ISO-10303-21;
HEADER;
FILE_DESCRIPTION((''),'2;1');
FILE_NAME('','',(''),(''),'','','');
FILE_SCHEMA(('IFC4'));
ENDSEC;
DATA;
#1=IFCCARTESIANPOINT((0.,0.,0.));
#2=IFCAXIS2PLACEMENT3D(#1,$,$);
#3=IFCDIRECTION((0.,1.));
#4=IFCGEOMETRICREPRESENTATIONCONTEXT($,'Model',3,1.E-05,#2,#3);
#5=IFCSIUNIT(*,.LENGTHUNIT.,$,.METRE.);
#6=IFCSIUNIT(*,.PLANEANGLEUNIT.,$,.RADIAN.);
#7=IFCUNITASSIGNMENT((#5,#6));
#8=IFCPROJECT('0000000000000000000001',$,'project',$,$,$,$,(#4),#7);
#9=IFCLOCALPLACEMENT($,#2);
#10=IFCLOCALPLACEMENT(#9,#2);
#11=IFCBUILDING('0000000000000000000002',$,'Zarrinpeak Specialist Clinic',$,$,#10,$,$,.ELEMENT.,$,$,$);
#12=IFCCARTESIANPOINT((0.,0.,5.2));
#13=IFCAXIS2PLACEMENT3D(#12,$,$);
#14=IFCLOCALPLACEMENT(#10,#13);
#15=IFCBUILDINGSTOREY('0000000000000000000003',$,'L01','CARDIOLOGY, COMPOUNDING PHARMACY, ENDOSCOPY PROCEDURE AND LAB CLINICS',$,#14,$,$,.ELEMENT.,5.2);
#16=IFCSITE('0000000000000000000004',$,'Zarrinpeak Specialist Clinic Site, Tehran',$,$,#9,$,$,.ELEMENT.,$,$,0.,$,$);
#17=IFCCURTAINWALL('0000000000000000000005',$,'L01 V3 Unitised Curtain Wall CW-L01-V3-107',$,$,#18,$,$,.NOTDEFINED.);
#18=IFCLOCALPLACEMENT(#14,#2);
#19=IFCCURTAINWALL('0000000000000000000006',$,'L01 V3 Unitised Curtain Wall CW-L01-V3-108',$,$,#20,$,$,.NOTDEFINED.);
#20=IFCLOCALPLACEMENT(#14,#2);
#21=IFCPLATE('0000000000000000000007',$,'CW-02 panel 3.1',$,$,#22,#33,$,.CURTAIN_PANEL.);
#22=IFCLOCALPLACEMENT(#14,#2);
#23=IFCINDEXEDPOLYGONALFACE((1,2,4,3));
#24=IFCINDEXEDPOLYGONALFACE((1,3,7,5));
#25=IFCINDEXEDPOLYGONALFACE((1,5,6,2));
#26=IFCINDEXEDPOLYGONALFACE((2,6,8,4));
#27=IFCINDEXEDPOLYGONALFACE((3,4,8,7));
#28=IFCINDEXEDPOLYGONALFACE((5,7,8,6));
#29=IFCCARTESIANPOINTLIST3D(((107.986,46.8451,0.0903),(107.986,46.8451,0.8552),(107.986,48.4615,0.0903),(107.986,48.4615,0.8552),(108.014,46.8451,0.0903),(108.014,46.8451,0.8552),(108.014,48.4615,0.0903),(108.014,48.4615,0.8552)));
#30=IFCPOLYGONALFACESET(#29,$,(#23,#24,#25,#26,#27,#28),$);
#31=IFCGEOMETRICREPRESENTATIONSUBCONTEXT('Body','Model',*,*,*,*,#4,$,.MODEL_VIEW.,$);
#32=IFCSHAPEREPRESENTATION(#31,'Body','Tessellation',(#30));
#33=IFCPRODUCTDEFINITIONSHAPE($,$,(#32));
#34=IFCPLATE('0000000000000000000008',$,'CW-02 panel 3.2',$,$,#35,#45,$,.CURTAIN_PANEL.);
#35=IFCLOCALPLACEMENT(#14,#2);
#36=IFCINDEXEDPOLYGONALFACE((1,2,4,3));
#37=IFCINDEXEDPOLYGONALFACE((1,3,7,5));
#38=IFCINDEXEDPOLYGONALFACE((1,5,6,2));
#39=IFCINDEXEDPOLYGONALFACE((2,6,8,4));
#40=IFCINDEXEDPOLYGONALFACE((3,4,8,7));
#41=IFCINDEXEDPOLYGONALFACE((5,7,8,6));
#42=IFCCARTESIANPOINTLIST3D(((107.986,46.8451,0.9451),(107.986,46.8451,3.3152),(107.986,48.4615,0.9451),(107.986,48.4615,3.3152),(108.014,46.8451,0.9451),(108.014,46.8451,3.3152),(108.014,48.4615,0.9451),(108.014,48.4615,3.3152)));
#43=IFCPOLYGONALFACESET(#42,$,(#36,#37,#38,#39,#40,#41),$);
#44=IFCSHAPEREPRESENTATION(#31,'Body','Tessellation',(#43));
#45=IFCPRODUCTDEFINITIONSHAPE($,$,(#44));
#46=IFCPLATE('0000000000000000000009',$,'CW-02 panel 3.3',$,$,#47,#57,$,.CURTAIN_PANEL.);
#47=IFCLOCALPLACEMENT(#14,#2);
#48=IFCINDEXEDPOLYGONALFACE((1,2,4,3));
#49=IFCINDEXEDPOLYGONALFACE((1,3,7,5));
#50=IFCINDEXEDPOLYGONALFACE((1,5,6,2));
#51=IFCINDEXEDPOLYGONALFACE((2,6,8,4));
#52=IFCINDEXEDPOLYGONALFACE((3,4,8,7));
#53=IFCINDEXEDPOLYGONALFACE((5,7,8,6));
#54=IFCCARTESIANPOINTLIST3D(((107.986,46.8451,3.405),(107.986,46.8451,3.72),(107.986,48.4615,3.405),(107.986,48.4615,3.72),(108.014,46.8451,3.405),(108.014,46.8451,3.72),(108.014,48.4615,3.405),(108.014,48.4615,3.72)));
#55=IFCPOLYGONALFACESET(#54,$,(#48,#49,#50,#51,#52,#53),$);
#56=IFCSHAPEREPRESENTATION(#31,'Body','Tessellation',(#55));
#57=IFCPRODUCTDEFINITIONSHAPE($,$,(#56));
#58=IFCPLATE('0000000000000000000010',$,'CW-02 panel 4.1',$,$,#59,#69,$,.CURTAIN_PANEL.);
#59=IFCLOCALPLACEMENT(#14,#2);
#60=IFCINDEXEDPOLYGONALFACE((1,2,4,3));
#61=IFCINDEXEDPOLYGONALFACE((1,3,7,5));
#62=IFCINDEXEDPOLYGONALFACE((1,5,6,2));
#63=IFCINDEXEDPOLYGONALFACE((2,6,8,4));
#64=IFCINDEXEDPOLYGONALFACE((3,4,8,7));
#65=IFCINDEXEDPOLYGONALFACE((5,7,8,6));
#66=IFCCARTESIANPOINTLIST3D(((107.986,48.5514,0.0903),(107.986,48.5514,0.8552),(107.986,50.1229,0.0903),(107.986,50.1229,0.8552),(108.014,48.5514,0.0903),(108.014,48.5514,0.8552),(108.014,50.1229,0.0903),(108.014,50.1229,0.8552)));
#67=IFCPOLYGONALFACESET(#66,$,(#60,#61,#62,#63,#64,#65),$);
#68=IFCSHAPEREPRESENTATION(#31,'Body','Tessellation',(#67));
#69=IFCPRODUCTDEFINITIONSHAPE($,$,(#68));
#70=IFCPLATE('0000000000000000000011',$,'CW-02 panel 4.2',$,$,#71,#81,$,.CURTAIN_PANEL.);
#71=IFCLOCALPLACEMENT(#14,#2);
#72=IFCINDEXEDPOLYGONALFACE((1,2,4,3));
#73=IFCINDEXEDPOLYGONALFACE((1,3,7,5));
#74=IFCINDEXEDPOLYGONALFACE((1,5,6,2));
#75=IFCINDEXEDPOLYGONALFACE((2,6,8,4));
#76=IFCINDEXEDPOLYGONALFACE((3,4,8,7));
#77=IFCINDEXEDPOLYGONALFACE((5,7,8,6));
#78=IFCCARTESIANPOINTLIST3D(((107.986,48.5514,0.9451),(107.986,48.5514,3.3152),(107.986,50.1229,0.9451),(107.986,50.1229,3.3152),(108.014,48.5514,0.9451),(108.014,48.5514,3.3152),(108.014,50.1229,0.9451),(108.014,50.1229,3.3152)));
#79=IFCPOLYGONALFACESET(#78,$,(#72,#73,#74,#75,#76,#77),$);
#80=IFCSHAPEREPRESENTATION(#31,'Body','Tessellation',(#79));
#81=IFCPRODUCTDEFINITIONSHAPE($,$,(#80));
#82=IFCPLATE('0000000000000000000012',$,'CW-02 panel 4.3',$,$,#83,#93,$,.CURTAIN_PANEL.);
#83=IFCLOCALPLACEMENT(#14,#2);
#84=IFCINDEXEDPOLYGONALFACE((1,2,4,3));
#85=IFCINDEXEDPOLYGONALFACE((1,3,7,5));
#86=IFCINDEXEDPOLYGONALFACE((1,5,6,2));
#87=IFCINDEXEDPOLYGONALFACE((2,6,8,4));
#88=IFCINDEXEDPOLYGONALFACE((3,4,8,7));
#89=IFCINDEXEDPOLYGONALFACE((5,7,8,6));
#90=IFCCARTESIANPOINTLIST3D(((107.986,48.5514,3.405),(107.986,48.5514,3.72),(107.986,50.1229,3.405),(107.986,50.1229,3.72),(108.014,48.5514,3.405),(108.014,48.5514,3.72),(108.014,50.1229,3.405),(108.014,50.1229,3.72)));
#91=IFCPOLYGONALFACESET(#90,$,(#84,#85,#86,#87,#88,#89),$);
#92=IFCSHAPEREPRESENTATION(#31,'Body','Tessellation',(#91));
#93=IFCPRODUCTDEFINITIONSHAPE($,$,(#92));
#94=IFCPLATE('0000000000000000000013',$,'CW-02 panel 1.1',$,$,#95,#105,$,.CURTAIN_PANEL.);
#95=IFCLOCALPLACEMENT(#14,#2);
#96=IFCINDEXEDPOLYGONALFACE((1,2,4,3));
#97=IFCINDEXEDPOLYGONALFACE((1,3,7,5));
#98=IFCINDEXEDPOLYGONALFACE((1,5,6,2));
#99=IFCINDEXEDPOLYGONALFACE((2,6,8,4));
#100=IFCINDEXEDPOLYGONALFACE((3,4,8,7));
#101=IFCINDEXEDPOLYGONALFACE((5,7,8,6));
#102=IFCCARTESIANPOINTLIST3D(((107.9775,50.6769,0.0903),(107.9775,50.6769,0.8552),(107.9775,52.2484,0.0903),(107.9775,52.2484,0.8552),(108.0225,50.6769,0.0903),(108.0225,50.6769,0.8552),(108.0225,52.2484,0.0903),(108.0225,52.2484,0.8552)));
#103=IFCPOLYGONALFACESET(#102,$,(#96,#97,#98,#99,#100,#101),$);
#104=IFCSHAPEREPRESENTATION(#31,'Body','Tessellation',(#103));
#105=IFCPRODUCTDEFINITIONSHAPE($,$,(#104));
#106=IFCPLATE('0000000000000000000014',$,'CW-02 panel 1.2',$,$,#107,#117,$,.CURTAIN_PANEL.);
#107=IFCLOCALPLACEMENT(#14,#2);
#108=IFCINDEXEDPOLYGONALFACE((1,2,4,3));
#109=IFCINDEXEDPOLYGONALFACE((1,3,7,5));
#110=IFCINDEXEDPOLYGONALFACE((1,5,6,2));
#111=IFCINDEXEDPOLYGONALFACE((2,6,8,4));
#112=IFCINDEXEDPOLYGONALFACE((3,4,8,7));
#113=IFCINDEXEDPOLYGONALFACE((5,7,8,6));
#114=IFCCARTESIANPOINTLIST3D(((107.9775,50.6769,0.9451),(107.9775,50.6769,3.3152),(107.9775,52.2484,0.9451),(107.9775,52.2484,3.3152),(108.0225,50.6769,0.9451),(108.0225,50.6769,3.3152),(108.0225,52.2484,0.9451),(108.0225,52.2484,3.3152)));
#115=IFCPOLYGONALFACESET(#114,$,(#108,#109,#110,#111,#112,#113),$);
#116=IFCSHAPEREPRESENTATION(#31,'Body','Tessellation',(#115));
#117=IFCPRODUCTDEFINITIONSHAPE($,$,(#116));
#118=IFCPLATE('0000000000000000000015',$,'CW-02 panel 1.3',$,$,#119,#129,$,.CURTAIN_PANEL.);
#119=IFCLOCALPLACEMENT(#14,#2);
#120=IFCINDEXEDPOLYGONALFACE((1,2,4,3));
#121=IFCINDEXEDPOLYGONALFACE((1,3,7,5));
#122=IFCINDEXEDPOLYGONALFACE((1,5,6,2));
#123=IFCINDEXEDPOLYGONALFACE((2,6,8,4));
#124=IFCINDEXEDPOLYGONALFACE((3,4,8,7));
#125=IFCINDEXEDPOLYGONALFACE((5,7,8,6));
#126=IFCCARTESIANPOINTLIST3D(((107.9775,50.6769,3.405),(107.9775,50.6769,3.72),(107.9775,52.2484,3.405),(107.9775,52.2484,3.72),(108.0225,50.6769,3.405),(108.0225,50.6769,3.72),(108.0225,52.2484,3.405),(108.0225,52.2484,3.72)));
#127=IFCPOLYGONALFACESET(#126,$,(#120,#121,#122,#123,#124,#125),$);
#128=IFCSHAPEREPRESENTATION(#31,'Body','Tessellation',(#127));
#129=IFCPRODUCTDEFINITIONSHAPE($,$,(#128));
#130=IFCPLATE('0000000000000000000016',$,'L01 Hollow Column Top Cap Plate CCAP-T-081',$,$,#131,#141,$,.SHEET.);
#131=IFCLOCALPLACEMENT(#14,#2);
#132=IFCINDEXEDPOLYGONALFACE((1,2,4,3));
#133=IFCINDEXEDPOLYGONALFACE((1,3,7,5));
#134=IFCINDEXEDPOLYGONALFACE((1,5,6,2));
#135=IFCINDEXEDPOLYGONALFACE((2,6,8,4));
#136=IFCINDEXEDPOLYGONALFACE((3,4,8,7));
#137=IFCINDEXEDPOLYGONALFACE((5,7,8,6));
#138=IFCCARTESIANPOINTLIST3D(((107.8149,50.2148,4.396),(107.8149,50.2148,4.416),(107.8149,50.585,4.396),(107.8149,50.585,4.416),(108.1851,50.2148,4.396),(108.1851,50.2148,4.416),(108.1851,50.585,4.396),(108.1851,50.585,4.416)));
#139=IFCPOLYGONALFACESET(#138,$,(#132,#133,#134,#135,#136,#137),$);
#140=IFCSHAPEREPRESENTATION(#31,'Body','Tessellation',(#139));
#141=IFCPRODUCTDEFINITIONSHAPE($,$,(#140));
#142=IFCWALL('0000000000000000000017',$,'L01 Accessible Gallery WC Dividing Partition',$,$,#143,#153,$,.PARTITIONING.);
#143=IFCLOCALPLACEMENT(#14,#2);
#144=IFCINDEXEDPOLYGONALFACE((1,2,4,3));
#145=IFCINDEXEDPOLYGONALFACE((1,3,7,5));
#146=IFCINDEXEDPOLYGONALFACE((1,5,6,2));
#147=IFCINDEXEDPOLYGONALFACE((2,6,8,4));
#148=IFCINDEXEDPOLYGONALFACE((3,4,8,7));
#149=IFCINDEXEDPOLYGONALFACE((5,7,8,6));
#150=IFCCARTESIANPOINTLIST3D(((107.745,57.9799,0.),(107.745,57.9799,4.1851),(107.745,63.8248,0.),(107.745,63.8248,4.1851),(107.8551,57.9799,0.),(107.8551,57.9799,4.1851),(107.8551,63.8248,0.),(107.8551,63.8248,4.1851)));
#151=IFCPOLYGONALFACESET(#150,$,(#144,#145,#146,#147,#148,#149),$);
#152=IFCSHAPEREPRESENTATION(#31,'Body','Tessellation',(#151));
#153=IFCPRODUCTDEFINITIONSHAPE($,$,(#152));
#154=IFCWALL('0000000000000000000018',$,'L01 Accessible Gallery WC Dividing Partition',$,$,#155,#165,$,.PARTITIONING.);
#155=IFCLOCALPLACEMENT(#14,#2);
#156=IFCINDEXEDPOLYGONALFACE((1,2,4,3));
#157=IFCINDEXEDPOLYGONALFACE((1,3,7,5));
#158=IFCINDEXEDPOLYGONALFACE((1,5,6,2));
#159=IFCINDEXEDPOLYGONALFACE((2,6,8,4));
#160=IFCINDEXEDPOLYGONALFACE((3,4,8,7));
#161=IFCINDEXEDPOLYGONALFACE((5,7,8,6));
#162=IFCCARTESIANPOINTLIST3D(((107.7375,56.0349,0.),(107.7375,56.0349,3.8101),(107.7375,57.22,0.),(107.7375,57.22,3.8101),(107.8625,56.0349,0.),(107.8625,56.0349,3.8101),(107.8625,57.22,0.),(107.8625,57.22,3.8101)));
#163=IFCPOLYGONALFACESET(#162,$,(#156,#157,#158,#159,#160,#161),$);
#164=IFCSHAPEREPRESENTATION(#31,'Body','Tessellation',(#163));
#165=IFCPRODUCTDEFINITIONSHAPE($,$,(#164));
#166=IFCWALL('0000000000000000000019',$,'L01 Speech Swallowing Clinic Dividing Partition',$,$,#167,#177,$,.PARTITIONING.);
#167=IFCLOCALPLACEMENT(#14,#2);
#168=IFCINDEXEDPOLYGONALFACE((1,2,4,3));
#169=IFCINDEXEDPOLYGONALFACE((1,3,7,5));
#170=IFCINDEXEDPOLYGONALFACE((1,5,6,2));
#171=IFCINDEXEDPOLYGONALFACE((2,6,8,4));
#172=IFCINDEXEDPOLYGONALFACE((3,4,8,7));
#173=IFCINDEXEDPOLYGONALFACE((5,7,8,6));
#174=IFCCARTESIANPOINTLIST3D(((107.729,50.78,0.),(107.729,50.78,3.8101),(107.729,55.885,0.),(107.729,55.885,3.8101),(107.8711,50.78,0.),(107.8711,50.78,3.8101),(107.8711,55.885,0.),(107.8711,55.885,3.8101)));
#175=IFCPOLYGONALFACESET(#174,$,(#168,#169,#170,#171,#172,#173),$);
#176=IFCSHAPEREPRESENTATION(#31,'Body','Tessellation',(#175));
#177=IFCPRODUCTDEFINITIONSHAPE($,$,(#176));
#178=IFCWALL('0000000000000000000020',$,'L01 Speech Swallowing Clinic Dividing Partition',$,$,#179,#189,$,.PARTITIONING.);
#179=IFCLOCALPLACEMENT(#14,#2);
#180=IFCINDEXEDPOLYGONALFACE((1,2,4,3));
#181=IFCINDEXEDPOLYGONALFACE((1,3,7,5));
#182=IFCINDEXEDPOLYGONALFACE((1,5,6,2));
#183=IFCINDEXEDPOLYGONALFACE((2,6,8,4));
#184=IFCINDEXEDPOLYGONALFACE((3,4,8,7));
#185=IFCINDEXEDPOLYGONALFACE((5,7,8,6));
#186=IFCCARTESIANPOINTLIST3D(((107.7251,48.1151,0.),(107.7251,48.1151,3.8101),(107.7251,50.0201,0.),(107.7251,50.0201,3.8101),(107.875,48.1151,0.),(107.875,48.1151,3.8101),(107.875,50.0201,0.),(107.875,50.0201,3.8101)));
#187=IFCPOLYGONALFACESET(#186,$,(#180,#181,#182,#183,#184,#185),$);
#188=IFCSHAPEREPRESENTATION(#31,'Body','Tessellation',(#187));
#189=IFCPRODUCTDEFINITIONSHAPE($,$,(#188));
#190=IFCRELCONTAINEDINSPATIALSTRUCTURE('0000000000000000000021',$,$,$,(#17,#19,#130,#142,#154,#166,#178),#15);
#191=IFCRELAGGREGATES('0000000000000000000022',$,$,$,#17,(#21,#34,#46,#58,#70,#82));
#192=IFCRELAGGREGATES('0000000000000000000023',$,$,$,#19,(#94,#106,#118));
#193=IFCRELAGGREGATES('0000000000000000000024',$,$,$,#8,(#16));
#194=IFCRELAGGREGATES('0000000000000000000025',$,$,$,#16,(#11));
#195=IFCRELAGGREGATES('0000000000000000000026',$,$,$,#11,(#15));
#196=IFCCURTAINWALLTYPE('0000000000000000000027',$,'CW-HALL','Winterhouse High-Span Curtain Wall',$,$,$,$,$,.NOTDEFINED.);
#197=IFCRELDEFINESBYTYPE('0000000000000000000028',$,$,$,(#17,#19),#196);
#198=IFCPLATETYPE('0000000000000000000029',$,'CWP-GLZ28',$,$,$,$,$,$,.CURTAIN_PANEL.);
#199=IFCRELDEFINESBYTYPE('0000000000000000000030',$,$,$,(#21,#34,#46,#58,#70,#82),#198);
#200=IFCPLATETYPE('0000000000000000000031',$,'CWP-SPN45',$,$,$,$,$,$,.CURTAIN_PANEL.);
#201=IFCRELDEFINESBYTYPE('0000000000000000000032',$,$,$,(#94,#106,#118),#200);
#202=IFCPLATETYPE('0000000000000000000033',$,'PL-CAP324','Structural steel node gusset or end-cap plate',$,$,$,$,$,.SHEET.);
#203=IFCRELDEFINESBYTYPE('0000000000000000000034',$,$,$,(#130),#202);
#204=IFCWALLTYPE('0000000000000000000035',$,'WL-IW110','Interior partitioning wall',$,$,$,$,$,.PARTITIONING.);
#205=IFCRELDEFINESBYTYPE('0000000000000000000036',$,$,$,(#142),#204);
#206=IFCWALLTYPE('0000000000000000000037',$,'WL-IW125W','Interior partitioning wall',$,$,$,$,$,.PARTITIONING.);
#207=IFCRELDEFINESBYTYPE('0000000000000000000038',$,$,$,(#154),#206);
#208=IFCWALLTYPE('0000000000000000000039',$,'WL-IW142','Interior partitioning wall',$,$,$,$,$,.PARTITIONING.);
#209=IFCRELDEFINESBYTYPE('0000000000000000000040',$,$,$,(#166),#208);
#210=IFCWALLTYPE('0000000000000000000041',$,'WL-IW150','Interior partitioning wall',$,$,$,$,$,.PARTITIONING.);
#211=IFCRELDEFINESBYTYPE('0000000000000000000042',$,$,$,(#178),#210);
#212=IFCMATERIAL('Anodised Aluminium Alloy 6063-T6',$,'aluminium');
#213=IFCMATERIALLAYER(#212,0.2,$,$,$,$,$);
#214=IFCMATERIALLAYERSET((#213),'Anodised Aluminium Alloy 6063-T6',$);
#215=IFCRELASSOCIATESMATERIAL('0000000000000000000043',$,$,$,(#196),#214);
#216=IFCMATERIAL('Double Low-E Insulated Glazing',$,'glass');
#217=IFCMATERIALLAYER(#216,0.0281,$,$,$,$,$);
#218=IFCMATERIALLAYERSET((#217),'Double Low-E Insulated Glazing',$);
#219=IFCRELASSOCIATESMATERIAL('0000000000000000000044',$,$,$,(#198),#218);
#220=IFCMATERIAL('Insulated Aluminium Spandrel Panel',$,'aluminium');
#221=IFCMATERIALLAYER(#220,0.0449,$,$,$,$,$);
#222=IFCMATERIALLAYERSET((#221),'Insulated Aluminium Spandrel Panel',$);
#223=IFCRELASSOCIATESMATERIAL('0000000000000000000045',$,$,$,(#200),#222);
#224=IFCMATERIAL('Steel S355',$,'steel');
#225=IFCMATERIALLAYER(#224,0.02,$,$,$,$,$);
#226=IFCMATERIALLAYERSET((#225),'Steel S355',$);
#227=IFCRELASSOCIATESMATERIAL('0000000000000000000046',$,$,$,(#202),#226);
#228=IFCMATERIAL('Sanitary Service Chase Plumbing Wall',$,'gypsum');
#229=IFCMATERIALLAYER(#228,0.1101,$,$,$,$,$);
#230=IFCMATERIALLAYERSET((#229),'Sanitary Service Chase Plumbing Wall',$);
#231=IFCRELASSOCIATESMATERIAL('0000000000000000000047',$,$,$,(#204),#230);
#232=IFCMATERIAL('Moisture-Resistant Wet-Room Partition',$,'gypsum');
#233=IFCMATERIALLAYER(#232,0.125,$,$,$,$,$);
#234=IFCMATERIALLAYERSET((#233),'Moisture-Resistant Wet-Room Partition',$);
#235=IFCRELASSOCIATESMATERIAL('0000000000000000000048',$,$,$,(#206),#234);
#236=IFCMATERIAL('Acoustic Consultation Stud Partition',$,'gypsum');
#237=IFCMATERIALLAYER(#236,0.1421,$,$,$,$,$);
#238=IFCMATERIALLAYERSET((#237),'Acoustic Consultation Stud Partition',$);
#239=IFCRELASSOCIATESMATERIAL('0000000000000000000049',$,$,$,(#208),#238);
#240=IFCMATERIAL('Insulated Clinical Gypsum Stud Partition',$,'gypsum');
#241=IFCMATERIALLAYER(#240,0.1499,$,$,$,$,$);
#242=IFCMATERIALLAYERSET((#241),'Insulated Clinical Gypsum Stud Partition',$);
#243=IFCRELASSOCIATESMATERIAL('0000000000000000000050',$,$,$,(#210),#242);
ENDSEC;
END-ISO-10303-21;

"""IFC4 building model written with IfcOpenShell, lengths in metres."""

from ifc_helpers import new_model, si_unit, direction, frame, frame_2d, origin, origin_2d, place, context, subcontext, project, spatial, rectangle, extrude, material, layer, layer_set, type_object, element, aggregate, save


model = new_model("IFC4")

# Units and contexts
model_context = context("Model", 3, precision=1e-05, world=origin(), true_north=direction((0.0, 1.0)))
body_context = subcontext(model_context, "Body", "Model", "MODEL_VIEW")
ifc_project = project(units=[si_unit("LENGTHUNIT", "METRE"), si_unit("PLANEANGLEUNIT", "RADIAN")], contexts=[model_context])

# Site, building, storey
site_placement = place(None, origin())
site = spatial("IfcSite", under=ifc_project, at=site_placement, Name="Zarrinpeak Specialist Clinic Site, Tehran", CompositionType="ELEMENT", RefElevation=0.0)
building_placement = place(site_placement, origin())
building = spatial("IfcBuilding", under=site, at=building_placement, Name="Zarrinpeak Specialist Clinic", CompositionType="ELEMENT")
storey_placement = place(building_placement, frame((0.0, 0.0, 5.2)))
storey = spatial("IfcBuildingStorey", under=building, at=storey_placement, Name="L01", Description="CARDIOLOGY, COMPOUNDING PHARMACY, ENDOSCOPY PROCEDURE AND LAB CLINICS", CompositionType="ELEMENT", Elevation=5.2)

# Shared definitions
ifc_material_1 = material(Name="Steel S355", Category="steel")

# Curtain walls
ifc_material_2 = material(Name="Anodised Aluminium Alloy 6063-T6", Category="aluminium")
ifc_layer_1 = layer(ifc_material_2, 0.2)
ifc_layer_set_1 = layer_set([ifc_layer_1], Name="Anodised Aluminium Alloy 6063-T6")
curtain_wall_type = type_object("IfcCurtainWallType", Name="CW-HALL", Description="Winterhouse High-Span Curtain Wall", PredefinedType="NOTDEFINED", material=ifc_layer_set_1)
curtain_wall_1_placement = place(storey_placement, origin())
curtain_wall_1 = element("IfcCurtainWall", 1, at=curtain_wall_1_placement, inside=storey, type_object=curtain_wall_type, Name="L01 V3 Unitised Curtain Wall CW-L01-V3-107", PredefinedType="NOTDEFINED")
curtain_wall_2_placement = place(storey_placement, origin())
curtain_wall_2 = element("IfcCurtainWall", 2, at=curtain_wall_2_placement, inside=storey, type_object=curtain_wall_type, Name="L01 V3 Unitised Curtain Wall CW-L01-V3-108", PredefinedType="NOTDEFINED")

# Plates
ifc_material_3 = material(Name="Double Low-E Insulated Glazing", Category="glass")
ifc_layer_2 = layer(ifc_material_3, 0.0281)
ifc_layer_set_2 = layer_set([ifc_layer_2], Name="Double Low-E Insulated Glazing")
plate_type_1 = type_object("IfcPlateType", Name="CWP-GLZ28", PredefinedType="CURTAIN_PANEL", material=ifc_layer_set_2)
plate_1_placement = place(storey_placement, frame((108.0, 47.6533, 0.0903), z_axis=(0.0, 0.0, 1.0), x_axis=(0.0, 1.0, 0.0)))
plate_1 = element("IfcPlate", 3, at=plate_1_placement, type_object=plate_type_1, Name="CW-02 panel 3.1", PredefinedType="CURTAIN_PANEL", context=body_context, shape_type="SweptSolid", body=[
    extrude(rectangle(XDim=1.6165, YDim=0.0281, at=origin_2d()), origin(), (0.0, 0.0, 1.0), 0.7649),
])
plate_2_placement = place(storey_placement, frame((108.0, 47.6533, 0.9451), z_axis=(0.0, 0.0, 1.0), x_axis=(0.0, 1.0, 0.0)))
plate_2 = element("IfcPlate", 4, at=plate_2_placement, type_object=plate_type_1, Name="CW-02 panel 3.2", PredefinedType="CURTAIN_PANEL", context=body_context, shape_type="SweptSolid", body=[
    extrude(rectangle(XDim=1.6165, YDim=0.0281, at=origin_2d()), origin(), (0.0, 0.0, 1.0), 2.3701),
])
plate_3_placement = place(storey_placement, frame((108.0, 47.6533, 3.405), z_axis=(0.0, 0.0, 1.0), x_axis=(0.0, 1.0, 0.0)))
plate_3 = element("IfcPlate", 5, at=plate_3_placement, type_object=plate_type_1, Name="CW-02 panel 3.3", PredefinedType="CURTAIN_PANEL", context=body_context, shape_type="SweptSolid", body=[
    extrude(rectangle(XDim=1.6165, YDim=0.0281, at=origin_2d()), origin(), (0.0, 0.0, 1.0), 0.3149),
])
plate_4_placement = place(storey_placement, frame((108.0, 49.3372, 0.0903), z_axis=(0.0, 0.0, 1.0), x_axis=(0.0, 1.0, 0.0)))
plate_4 = element("IfcPlate", 6, at=plate_4_placement, type_object=plate_type_1, Name="CW-02 panel 4.1", PredefinedType="CURTAIN_PANEL", context=body_context, shape_type="SweptSolid", body=[
    extrude(rectangle(XDim=1.5715, YDim=0.0281, at=origin_2d()), origin(), (0.0, 0.0, 1.0), 0.7649),
])
plate_5_placement = place(storey_placement, frame((108.0, 49.3372, 0.9451), z_axis=(0.0, 0.0, 1.0), x_axis=(0.0, 1.0, 0.0)))
plate_5 = element("IfcPlate", 7, at=plate_5_placement, type_object=plate_type_1, Name="CW-02 panel 4.2", PredefinedType="CURTAIN_PANEL", context=body_context, shape_type="SweptSolid", body=[
    extrude(rectangle(XDim=1.5715, YDim=0.0281, at=origin_2d()), origin(), (0.0, 0.0, 1.0), 2.3701),
])
plate_6_placement = place(storey_placement, frame((108.0, 49.3372, 3.405), z_axis=(0.0, 0.0, 1.0), x_axis=(0.0, 1.0, 0.0)))
plate_6 = element("IfcPlate", 8, at=plate_6_placement, type_object=plate_type_1, Name="CW-02 panel 4.3", PredefinedType="CURTAIN_PANEL", context=body_context, shape_type="SweptSolid", body=[
    extrude(rectangle(XDim=1.5715, YDim=0.0281, at=origin_2d()), origin(), (0.0, 0.0, 1.0), 0.3149),
])
aggregate(curtain_wall_1, [plate_1, plate_2, plate_3, plate_4, plate_5, plate_6])
ifc_material_4 = material(Name="Insulated Aluminium Spandrel Panel", Category="aluminium")
ifc_layer_3 = layer(ifc_material_4, 0.0449)
ifc_layer_set_3 = layer_set([ifc_layer_3], Name="Insulated Aluminium Spandrel Panel")
plate_type_2 = type_object("IfcPlateType", Name="CWP-SPN45", PredefinedType="CURTAIN_PANEL", material=ifc_layer_set_3)
plate_7_placement = place(storey_placement, frame((108.0, 51.4626, 0.0903), z_axis=(0.0, 0.0, 1.0), x_axis=(0.0, 1.0, 0.0)))
plate_7 = element("IfcPlate", 9, at=plate_7_placement, type_object=plate_type_2, Name="CW-02 panel 1.1", PredefinedType="CURTAIN_PANEL", context=body_context, shape_type="SweptSolid", body=[
    extrude(rectangle(XDim=1.5715, YDim=0.0449, at=origin_2d()), origin(), (0.0, 0.0, 1.0), 0.7649),
])
plate_8_placement = place(storey_placement, frame((108.0, 51.4626, 0.9451), z_axis=(0.0, 0.0, 1.0), x_axis=(0.0, 1.0, 0.0)))
plate_8 = element("IfcPlate", 10, at=plate_8_placement, type_object=plate_type_2, Name="CW-02 panel 1.2", PredefinedType="CURTAIN_PANEL", context=body_context, shape_type="SweptSolid", body=[
    extrude(rectangle(XDim=1.5715, YDim=0.0449, at=origin_2d()), origin(), (0.0, 0.0, 1.0), 2.3701),
])
plate_9_placement = place(storey_placement, frame((108.0, 51.4626, 3.405), z_axis=(0.0, 0.0, 1.0), x_axis=(0.0, 1.0, 0.0)))
plate_9 = element("IfcPlate", 11, at=plate_9_placement, type_object=plate_type_2, Name="CW-02 panel 1.3", PredefinedType="CURTAIN_PANEL", context=body_context, shape_type="SweptSolid", body=[
    extrude(rectangle(XDim=1.5715, YDim=0.0449, at=origin_2d()), origin(), (0.0, 0.0, 1.0), 0.3149),
])
aggregate(curtain_wall_2, [plate_7, plate_8, plate_9])
ifc_layer_4 = layer(ifc_material_1, 0.02)
ifc_layer_set_4 = layer_set([ifc_layer_4], Name="Steel S355")
plate_type_3 = type_object("IfcPlateType", Name="PL-CAP324", Description="Structural steel node gusset or end-cap plate", PredefinedType="SHEET", material=ifc_layer_set_4)
plate_10_placement = place(storey_placement, frame((108.0, 50.3999, 4.396), z_axis=(0.0, 0.0, 1.0), x_axis=(1.0, 0.0, 0.0)))
element("IfcPlate", 12, at=plate_10_placement, inside=storey, type_object=plate_type_3, Name="L01 Hollow Column Top Cap Plate CCAP-T-081", PredefinedType="SHEET", context=body_context, shape_type="SweptSolid", body=[
    extrude(rectangle(XDim=0.3701, YDim=0.3701, at=origin_2d()), origin(), (0.0, 0.0, 1.0), 0.02),
])

# Walls
ifc_material_5 = material(Name="Sanitary Service Chase Plumbing Wall", Category="gypsum")
ifc_layer_5 = layer(ifc_material_5, 0.1101)
ifc_layer_set_5 = layer_set([ifc_layer_5], Name="Sanitary Service Chase Plumbing Wall")
wall_type_1 = type_object("IfcWallType", Name="WL-IW110", Description="Interior partitioning wall", PredefinedType="PARTITIONING", material=ifc_layer_set_5)
wall_1_placement = place(storey_placement, frame((107.8, 57.98, 0.0), z_axis=(0.0, 0.0, 1.0), x_axis=(0.0, 1.0, 0.0)))
element("IfcWall", 13, at=wall_1_placement, inside=storey, type_object=wall_type_1, Name="L01 Accessible Gallery WC Dividing Partition", PredefinedType="PARTITIONING", context=body_context, shape_type="SweptSolid", body=[
    extrude(rectangle(XDim=5.845, YDim=0.1101, at=frame_2d((2.9224, 0.0))), origin(), (0.0, 0.0, 1.0), 4.1851),
])
ifc_material_6 = material(Name="Moisture-Resistant Wet-Room Partition", Category="gypsum")
ifc_layer_6 = layer(ifc_material_6, 0.125)
ifc_layer_set_6 = layer_set([ifc_layer_6], Name="Moisture-Resistant Wet-Room Partition")
wall_type_2 = type_object("IfcWallType", Name="WL-IW125W", Description="Interior partitioning wall", PredefinedType="PARTITIONING", material=ifc_layer_set_6)
wall_2_placement = place(storey_placement, frame((107.8, 56.0349, 0.0), z_axis=(0.0, 0.0, 1.0), x_axis=(0.0, 1.0, 0.0)))
element("IfcWall", 14, at=wall_2_placement, inside=storey, type_object=wall_type_2, Name="L01 Accessible Gallery WC Dividing Partition", PredefinedType="PARTITIONING", context=body_context, shape_type="SweptSolid", body=[
    extrude(rectangle(XDim=1.1851, YDim=0.125, at=frame_2d((0.5925, 0.0))), origin(), (0.0, 0.0, 1.0), 3.8101),
])
ifc_material_7 = material(Name="Acoustic Consultation Stud Partition", Category="gypsum")
ifc_layer_7 = layer(ifc_material_7, 0.1421)
ifc_layer_set_7 = layer_set([ifc_layer_7], Name="Acoustic Consultation Stud Partition")
wall_type_3 = type_object("IfcWallType", Name="WL-IW142", Description="Interior partitioning wall", PredefinedType="PARTITIONING", material=ifc_layer_set_7)
wall_3_placement = place(storey_placement, frame((107.8, 50.78, 0.0), z_axis=(0.0, 0.0, 1.0), x_axis=(0.0, 1.0, 0.0)))
element("IfcWall", 15, at=wall_3_placement, inside=storey, type_object=wall_type_3, Name="L01 Speech Swallowing Clinic Dividing Partition", PredefinedType="PARTITIONING", context=body_context, shape_type="SweptSolid", body=[
    extrude(rectangle(XDim=5.105, YDim=0.1421, at=frame_2d((2.5525, 0.0))), origin(), (0.0, 0.0, 1.0), 3.8101),
])
ifc_material_8 = material(Name="Insulated Clinical Gypsum Stud Partition", Category="gypsum")
ifc_layer_8 = layer(ifc_material_8, 0.1499)
ifc_layer_set_8 = layer_set([ifc_layer_8], Name="Insulated Clinical Gypsum Stud Partition")
wall_type_4 = type_object("IfcWallType", Name="WL-IW150", Description="Interior partitioning wall", PredefinedType="PARTITIONING", material=ifc_layer_set_8)
wall_4_placement = place(storey_placement, frame((107.8, 48.115, 0.0), z_axis=(0.0, 0.0, 1.0), x_axis=(0.0, 1.0, 0.0)))
element("IfcWall", 16, at=wall_4_placement, inside=storey, type_object=wall_type_4, Name="L01 Speech Swallowing Clinic Dividing Partition", PredefinedType="PARTITIONING", context=body_context, shape_type="SweptSolid", body=[
    extrude(rectangle(XDim=1.905, YDim=0.1499, at=frame_2d((0.9526, 0.0))), origin(), (0.0, 0.0, 1.0), 3.8101),
])

save(model, "model.ifc")
